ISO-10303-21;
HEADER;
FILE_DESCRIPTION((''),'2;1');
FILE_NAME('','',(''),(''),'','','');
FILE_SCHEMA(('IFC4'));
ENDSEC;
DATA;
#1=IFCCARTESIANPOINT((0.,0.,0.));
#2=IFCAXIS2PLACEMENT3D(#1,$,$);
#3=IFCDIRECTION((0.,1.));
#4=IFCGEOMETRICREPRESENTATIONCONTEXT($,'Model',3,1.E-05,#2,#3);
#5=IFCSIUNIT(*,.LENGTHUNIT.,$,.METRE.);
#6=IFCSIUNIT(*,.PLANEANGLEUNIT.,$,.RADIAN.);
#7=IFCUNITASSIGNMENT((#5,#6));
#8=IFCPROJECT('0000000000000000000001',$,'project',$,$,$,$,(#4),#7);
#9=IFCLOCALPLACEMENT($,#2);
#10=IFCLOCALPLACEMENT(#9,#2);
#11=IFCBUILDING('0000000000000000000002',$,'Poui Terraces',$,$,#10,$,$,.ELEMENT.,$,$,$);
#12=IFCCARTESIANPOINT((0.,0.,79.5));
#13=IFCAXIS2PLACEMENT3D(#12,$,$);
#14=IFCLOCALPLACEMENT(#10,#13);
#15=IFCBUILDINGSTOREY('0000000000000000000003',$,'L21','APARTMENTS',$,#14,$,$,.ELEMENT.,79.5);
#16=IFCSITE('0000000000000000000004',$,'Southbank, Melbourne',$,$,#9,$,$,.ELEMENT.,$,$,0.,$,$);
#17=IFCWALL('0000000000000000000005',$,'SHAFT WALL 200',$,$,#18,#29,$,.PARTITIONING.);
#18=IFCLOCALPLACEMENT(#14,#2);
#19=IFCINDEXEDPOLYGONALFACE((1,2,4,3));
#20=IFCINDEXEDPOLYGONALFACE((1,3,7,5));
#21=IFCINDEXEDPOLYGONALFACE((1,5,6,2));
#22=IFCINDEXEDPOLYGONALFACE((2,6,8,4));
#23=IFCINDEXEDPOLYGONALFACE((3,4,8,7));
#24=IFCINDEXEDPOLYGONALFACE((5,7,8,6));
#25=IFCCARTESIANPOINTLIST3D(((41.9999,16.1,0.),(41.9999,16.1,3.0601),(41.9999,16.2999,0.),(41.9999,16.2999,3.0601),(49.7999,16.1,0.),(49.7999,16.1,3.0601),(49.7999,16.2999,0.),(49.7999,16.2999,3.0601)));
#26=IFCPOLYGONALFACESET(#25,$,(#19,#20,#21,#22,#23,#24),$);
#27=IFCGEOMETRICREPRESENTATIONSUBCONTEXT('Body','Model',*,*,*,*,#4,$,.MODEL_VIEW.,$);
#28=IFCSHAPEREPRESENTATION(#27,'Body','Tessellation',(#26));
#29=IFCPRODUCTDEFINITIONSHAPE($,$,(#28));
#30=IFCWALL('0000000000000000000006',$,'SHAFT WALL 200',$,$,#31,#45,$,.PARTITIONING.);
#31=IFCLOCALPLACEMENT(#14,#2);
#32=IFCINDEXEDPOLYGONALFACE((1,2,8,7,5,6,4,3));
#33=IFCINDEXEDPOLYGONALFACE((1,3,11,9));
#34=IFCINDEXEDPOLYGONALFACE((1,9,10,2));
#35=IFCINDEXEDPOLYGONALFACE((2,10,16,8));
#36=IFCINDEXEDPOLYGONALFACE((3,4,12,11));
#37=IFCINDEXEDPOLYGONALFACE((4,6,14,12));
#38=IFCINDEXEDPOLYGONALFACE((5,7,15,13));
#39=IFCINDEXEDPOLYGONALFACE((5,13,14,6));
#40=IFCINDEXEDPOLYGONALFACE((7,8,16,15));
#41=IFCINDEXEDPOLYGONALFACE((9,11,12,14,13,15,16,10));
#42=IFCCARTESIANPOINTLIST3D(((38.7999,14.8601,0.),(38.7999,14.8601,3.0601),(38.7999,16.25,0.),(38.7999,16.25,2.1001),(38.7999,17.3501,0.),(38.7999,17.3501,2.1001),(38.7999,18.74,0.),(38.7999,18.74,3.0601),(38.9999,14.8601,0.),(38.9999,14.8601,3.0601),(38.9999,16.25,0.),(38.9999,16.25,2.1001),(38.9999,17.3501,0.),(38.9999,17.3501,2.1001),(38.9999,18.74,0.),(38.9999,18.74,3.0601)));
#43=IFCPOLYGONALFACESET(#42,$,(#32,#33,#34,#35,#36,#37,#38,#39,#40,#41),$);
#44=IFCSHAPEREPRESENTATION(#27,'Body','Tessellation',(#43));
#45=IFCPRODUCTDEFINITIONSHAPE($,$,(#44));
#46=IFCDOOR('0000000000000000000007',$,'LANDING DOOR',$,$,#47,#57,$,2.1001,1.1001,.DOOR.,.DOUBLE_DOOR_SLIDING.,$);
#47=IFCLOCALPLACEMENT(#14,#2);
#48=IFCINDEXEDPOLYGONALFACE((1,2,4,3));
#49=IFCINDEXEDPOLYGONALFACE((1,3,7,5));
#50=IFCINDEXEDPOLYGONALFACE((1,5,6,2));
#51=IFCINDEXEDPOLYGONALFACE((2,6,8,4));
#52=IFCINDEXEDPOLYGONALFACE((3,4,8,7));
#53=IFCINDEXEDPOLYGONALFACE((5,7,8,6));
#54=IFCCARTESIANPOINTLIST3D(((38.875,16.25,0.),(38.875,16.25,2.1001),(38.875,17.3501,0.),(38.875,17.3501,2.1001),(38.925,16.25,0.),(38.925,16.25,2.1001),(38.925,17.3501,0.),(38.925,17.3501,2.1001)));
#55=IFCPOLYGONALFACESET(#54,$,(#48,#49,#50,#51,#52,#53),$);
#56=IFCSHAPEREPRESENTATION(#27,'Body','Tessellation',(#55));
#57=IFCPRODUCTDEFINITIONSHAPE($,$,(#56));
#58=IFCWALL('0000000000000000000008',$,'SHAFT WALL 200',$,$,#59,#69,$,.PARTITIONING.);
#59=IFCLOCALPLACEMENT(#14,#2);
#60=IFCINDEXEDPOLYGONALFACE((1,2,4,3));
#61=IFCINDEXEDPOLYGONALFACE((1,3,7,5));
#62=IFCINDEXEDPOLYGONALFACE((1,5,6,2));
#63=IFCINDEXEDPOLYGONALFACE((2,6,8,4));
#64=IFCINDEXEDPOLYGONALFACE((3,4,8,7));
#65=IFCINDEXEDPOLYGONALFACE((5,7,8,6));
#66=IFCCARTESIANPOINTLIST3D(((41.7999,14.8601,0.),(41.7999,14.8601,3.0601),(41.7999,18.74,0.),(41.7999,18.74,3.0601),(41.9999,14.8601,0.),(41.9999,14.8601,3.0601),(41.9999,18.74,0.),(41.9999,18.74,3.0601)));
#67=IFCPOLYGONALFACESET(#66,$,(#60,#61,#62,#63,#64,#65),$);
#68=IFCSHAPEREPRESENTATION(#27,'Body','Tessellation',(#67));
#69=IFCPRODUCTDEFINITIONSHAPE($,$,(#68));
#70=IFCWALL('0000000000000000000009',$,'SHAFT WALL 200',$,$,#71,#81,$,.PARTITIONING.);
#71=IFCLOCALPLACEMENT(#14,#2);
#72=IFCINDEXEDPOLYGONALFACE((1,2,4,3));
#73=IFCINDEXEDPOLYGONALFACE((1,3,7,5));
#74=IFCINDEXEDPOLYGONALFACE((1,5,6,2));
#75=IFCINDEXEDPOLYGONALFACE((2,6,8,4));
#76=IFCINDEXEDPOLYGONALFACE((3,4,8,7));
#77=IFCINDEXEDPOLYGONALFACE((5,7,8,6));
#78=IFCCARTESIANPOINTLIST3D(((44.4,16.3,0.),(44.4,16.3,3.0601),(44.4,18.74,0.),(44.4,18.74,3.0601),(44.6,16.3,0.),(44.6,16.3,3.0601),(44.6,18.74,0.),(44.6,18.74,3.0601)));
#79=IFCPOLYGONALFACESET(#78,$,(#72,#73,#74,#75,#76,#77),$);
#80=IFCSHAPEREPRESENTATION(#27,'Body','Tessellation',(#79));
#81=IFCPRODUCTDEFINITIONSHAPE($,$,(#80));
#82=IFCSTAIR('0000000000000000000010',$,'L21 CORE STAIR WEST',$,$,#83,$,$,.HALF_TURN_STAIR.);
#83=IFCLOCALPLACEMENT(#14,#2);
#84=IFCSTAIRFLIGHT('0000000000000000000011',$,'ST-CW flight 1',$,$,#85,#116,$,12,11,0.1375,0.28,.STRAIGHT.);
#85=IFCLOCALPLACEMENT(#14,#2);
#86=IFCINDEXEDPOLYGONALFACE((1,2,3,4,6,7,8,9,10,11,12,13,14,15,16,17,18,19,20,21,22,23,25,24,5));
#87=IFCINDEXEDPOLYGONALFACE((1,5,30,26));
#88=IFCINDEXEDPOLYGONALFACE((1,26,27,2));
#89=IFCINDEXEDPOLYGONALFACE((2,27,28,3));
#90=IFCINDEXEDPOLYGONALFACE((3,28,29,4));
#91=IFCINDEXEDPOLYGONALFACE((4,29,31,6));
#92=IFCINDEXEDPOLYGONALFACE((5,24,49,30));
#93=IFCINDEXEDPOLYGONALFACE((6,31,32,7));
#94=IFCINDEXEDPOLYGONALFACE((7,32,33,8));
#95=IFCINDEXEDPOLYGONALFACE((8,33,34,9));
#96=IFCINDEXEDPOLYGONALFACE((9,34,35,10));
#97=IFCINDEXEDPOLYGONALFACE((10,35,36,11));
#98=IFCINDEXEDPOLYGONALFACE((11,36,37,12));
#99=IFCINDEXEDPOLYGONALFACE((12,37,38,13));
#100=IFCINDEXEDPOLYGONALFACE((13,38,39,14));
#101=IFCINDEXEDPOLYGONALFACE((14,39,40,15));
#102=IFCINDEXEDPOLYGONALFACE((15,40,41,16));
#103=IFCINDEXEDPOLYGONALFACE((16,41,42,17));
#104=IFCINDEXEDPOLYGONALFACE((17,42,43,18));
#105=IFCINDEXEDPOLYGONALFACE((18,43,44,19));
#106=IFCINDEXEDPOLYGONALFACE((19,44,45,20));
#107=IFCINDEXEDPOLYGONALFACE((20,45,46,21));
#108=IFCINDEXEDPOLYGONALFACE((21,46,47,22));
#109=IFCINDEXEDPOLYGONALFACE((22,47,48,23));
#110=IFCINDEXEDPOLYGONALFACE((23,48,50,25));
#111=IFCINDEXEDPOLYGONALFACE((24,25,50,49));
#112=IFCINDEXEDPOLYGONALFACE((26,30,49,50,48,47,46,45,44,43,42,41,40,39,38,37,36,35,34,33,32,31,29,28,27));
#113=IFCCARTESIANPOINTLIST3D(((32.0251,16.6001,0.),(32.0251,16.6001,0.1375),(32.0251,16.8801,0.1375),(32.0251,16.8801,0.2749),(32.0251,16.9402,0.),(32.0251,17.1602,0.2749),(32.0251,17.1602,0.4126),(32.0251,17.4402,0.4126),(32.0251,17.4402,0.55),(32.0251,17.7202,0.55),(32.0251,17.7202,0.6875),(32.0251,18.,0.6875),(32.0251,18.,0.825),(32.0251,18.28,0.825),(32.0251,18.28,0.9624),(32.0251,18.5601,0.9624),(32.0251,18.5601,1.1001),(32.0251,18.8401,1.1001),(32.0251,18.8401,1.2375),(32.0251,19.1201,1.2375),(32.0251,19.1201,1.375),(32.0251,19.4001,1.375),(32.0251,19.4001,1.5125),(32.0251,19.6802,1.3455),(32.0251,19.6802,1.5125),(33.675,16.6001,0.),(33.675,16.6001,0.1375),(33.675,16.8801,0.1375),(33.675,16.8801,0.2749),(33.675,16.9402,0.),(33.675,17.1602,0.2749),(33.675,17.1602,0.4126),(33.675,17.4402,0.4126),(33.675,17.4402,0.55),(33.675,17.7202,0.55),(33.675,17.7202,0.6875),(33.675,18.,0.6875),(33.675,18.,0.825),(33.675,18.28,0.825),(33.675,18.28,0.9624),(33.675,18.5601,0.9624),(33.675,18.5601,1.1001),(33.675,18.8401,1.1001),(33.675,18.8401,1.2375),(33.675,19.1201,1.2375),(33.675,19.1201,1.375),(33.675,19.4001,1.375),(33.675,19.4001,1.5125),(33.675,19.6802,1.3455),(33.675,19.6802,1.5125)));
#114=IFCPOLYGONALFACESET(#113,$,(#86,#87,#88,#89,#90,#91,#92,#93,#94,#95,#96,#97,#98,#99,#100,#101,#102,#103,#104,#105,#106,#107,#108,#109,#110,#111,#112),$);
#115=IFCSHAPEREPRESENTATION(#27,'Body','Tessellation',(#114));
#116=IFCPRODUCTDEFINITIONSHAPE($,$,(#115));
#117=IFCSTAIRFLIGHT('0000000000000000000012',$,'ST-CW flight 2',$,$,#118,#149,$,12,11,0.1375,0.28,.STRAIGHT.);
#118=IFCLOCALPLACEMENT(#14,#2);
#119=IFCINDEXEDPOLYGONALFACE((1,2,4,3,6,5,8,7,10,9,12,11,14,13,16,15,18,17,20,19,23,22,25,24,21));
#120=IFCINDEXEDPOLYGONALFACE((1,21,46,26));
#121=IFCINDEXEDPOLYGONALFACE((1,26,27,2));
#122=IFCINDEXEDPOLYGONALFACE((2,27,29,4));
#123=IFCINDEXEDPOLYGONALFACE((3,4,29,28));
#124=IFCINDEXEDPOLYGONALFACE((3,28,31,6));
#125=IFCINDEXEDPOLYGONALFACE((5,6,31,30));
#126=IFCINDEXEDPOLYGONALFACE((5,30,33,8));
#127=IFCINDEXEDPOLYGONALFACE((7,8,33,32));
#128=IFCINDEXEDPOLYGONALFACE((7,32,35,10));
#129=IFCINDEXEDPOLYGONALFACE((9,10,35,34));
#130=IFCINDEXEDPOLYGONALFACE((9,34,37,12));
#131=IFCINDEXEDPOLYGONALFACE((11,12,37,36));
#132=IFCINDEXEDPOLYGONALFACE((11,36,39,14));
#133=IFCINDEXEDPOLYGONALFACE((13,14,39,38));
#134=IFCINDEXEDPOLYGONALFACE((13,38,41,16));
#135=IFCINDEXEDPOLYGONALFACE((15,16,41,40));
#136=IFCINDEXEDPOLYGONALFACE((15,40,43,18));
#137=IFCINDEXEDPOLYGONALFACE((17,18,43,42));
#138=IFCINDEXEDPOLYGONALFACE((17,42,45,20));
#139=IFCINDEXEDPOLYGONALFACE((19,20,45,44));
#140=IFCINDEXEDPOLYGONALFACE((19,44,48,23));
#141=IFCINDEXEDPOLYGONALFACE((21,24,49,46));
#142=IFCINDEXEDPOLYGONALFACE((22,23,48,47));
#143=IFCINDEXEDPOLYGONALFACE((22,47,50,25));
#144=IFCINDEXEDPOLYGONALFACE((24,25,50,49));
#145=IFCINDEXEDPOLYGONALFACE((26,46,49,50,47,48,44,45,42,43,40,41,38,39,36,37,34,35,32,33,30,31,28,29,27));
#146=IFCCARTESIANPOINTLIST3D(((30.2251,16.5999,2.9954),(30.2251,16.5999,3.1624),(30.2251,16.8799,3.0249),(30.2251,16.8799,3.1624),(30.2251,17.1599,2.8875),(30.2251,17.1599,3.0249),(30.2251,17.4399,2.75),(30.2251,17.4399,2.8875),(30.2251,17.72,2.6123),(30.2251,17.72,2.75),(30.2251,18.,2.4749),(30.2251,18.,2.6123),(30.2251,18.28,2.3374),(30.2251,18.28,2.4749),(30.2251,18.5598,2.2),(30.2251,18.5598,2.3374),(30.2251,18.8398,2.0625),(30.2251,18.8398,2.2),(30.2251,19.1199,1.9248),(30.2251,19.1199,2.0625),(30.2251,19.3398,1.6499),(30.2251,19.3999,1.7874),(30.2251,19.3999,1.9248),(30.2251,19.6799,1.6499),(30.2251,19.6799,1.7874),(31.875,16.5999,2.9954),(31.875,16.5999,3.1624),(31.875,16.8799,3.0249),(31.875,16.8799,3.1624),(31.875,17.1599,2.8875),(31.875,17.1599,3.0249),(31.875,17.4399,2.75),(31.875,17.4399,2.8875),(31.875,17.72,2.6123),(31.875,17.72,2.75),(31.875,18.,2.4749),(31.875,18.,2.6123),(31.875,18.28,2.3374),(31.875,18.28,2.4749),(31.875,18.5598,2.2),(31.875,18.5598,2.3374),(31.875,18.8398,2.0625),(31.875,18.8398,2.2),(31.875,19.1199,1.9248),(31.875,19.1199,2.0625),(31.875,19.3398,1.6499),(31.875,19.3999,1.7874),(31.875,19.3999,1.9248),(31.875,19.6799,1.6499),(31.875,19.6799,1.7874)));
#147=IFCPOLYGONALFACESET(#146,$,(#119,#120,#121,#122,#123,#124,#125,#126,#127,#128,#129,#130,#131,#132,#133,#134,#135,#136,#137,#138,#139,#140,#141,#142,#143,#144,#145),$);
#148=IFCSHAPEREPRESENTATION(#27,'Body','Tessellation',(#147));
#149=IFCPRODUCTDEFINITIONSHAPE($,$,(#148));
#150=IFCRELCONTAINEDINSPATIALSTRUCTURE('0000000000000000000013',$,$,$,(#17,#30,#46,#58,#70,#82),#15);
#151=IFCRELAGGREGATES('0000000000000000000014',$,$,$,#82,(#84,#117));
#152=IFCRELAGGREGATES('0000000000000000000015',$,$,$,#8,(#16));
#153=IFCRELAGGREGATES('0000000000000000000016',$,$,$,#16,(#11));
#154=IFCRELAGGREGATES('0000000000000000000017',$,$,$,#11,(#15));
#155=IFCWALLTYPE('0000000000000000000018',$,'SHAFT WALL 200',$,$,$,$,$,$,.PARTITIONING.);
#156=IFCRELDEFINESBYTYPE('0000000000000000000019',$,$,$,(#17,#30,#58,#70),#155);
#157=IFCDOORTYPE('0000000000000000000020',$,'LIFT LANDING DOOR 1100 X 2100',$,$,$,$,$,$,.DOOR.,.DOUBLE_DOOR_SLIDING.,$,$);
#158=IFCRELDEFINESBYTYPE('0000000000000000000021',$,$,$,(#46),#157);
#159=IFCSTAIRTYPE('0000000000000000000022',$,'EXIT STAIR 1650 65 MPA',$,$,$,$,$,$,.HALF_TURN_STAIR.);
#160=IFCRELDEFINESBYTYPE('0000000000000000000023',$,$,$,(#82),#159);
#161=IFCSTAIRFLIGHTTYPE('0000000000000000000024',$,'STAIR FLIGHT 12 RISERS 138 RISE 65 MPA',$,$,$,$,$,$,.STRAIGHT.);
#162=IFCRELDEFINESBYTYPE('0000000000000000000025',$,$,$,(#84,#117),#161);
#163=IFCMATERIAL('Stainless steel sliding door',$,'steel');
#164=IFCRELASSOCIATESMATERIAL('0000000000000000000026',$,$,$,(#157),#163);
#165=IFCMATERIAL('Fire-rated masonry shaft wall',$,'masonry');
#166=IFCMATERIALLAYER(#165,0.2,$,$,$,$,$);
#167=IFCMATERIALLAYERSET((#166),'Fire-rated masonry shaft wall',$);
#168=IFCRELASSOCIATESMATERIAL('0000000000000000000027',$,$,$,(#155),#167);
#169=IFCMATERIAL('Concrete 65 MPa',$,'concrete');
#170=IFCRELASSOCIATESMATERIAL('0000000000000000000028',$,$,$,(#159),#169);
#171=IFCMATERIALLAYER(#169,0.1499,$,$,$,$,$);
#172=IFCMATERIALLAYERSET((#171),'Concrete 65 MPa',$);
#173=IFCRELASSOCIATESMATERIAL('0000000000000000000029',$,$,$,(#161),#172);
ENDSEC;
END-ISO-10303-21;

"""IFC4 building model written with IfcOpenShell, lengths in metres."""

from ifc_helpers import new_model, si_unit, direction, frame, frame_2d, origin, place, context, subcontext, project, spatial, polyline, rectangle, outline, extrude, material, layer, layer_set, type_object, element, fill, aggregate, save


model = new_model("IFC4")

# Units and contexts
model_context = context("Model", 3, precision=1e-05, world=origin(), true_north=direction((0.0, 1.0)))
body_context = subcontext(model_context, "Body", "Model", "MODEL_VIEW")
ifc_project = project(units=[si_unit("LENGTHUNIT", "METRE"), si_unit("PLANEANGLEUNIT", "RADIAN")], contexts=[model_context])

# Site, building, storey
site_placement = place(None, origin())
site = spatial("IfcSite", under=ifc_project, at=site_placement, Name="Southbank, Melbourne", CompositionType="ELEMENT", RefElevation=0.0)
building_placement = place(site_placement, origin())
building = spatial("IfcBuilding", under=site, at=building_placement, Name="Poui Terraces", CompositionType="ELEMENT")
storey_placement = place(building_placement, frame((0.0, 0.0, 79.5)))
storey = spatial("IfcBuildingStorey", under=building, at=storey_placement, Name="L21", Description="APARTMENTS", CompositionType="ELEMENT", Elevation=79.5)

# Shared definitions
ifc_material_1 = material(Name="Concrete 65 MPa", Category="concrete")
ifc_material_2 = material(Name="Stainless steel sliding door", Category="steel")
door_type_1 = type_object("IfcDoorType", Name="LIFT LANDING DOOR 1100 X 2100", OperationType="DOUBLE_DOOR_SLIDING", PredefinedType="DOOR", material=ifc_material_2)

# Wall
ifc_material_3 = material(Name="Fire-rated masonry shaft wall", Category="masonry")
ifc_layer_1 = layer(ifc_material_3, 0.2)
ifc_layer_set_1 = layer_set([ifc_layer_1], Name="Fire-rated masonry shaft wall")
wall_type_1 = type_object("IfcWallType", Name="SHAFT WALL 200", PredefinedType="PARTITIONING", material=ifc_layer_set_1)
wall_1_placement = place(storey_placement, frame((42.0, 16.2, 0.0), z_axis=(0.0, 0.0, 1.0), x_axis=(1.0, 0.0, 0.0)))
element("IfcWall", 1, at=wall_1_placement, inside=storey, type_object=wall_type_1, Name="SHAFT WALL 200", PredefinedType="PARTITIONING", context=body_context, shape_type="SweptSolid", body=[
    extrude(rectangle(XDim=7.8, YDim=0.2, at=frame_2d((3.8999, 0.0))), origin(), (0.0, 0.0, 1.0), 3.0601),
])

# Wall, opening, door
wall_2_placement = place(storey_placement, frame((38.8999, 14.8601, 0.0), z_axis=(0.0, 0.0, 1.0), x_axis=(0.0, 1.0, 0.0)))
wall_2 = element("IfcWall", 2, at=wall_2_placement, inside=storey, type_object=wall_type_1, Name="SHAFT WALL 200", PredefinedType="PARTITIONING", context=body_context, shape_type="SweptSolid", body=[
    extrude(rectangle(XDim=3.8799, YDim=0.2, at=frame_2d((1.9399, 0.0))), origin(), (0.0, 0.0, 1.0), 3.0601),
])
opening_1_placement = place(wall_2_placement, frame((1.3899, 0.0, 0.0)))
opening_1 = element("IfcOpeningElement", 3, at=opening_1_placement, cuts=wall_2, PredefinedType="OPENING", context=body_context, shape_type="SweptSolid", body=[
    extrude(rectangle(XDim=1.1001, YDim=2.1001, at=frame_2d((0.55, 1.05))), frame((0.0, 0.1099, 0.0), z_axis=(0.0, -1.0, 0.0), x_axis=(1.0, 0.0, 0.0)), (0.0, 0.0, 1.0), 0.22),
])
door_1_placement = place(opening_1_placement, origin())
door_1 = element("IfcDoor", 4, at=door_1_placement, inside=storey, type_object=door_type_1, Name="LANDING DOOR", OperationType="DOUBLE_DOOR_SLIDING", OverallHeight=2.1001, OverallWidth=1.1001, PredefinedType="DOOR", context=body_context, shape_type="SweptSolid", body=[
    extrude(rectangle(XDim=1.1001, YDim=2.1001, at=frame_2d((0.55, 1.05))), frame((0.0, 0.0249, 0.0), z_axis=(0.0, -1.0, 0.0), x_axis=(1.0, 0.0, 0.0)), (0.0, 0.0, 1.0), 0.05),
])
fill(opening_1, door_1)

# Walls
wall_3_placement = place(storey_placement, frame((41.8999, 14.8601, 0.0), z_axis=(0.0, 0.0, 1.0), x_axis=(0.0, 1.0, 0.0)))
element("IfcWall", 5, at=wall_3_placement, inside=storey, type_object=wall_type_1, Name="SHAFT WALL 200", PredefinedType="PARTITIONING", context=body_context, shape_type="SweptSolid", body=[
    extrude(rectangle(XDim=3.8799, YDim=0.2, at=frame_2d((1.9399, 0.0))), origin(), (0.0, 0.0, 1.0), 3.0601),
])
wall_4_placement = place(storey_placement, frame((44.5, 16.3, 0.0), z_axis=(0.0, 0.0, 1.0), x_axis=(0.0, 1.0, 0.0)))
element("IfcWall", 6, at=wall_4_placement, inside=storey, type_object=wall_type_1, Name="SHAFT WALL 200", PredefinedType="PARTITIONING", context=body_context, shape_type="SweptSolid", body=[
    extrude(rectangle(XDim=2.4399, YDim=0.2, at=frame_2d((1.22, 0.0))), origin(), (0.0, 0.0, 1.0), 3.0601),
])

# Stair, stair flights
stair_type = type_object("IfcStairType", Name="EXIT STAIR 1650 65 MPA", PredefinedType="HALF_TURN_STAIR", material=ifc_material_1)
stair_placement = place(storey_placement, origin())
stair = element("IfcStair", 7, at=stair_placement, inside=storey, type_object=stair_type, Name="L21 CORE STAIR WEST", PredefinedType="HALF_TURN_STAIR")
ifc_layer_2 = layer(ifc_material_1, 0.1499)
ifc_layer_set_2 = layer_set([ifc_layer_2], Name="Concrete 65 MPa")
stair_flight_type = type_object("IfcStairFlightType", Name="STAIR FLIGHT 12 RISERS 138 RISE 65 MPA", PredefinedType="STRAIGHT", material=ifc_layer_set_2)
stair_flight_1_placement = place(storey_placement, frame((32.8501, 16.6001, 0.0), z_axis=(0.0, 0.0, 1.0), x_axis=(0.0, 1.0, 0.0)))
stair_flight_1 = element("IfcStairFlight", 8, at=stair_flight_1_placement, type_object=stair_flight_type, Name="ST-CW flight 1", NumberOfRisers=12, NumberOfTreads=11, PredefinedType="STRAIGHT", RiserHeight=0.1375, TreadLength=0.28, context=body_context, shape_type="SweptSolid", body=[
    extrude(outline(polyline([(0.0, 0.0), (0.0, 0.1375), (0.28, 0.1375), (0.28, 0.2749), (0.5601, 0.2749), (0.5601, 0.4126), (0.8401, 0.4126), (0.8401, 0.55), (1.1201, 0.55), (1.1201, 0.6875), (1.3999, 0.6875), (1.3999, 0.825), (1.6799, 0.825), (1.6799, 0.9624), (1.96, 0.9624), (1.96, 1.1001), (2.24, 1.1001), (2.24, 1.2375), (2.52, 1.2375), (2.52, 1.375), (2.8, 1.375), (2.8, 1.5125), (3.0801, 1.5125), (3.0801, 1.6499), (3.0801, 1.3455), (0.3401, 0.0), (0.0, 0.0)])), frame((0.0, 0.825, 0.0), z_axis=(0.0, -1.0, 0.0), x_axis=(1.0, 0.0, 0.0)), (0.0, 0.0, 1.0), 1.6499),
])
stair_flight_2_placement = place(storey_placement, frame((31.05, 19.6799, 1.6499), z_axis=(0.0, 0.0, 1.0), x_axis=(0.0, -1.0, 0.0)))
stair_flight_2 = element("IfcStairFlight", 9, at=stair_flight_2_placement, type_object=stair_flight_type, Name="ST-CW flight 2", NumberOfRisers=12, NumberOfTreads=11, PredefinedType="STRAIGHT", RiserHeight=0.1375, TreadLength=0.28, context=body_context, shape_type="SweptSolid", body=[
    extrude(outline(polyline([(0.0, 0.0), (0.0, 0.1375), (0.28, 0.1375), (0.28, 0.2749), (0.5601, 0.2749), (0.5601, 0.4126), (0.8401, 0.4126), (0.8401, 0.55), (1.1201, 0.55), (1.1201, 0.6875), (1.3999, 0.6875), (1.3999, 0.825), (1.6799, 0.825), (1.6799, 0.9624), (1.96, 0.9624), (1.96, 1.1001), (2.24, 1.1001), (2.24, 1.2375), (2.52, 1.2375), (2.52, 1.375), (2.8, 1.375), (2.8, 1.5125), (3.0801, 1.5125), (3.0801, 1.6499), (3.0801, 1.3455), (0.3401, 0.0), (0.0, 0.0)])), frame((0.0, 0.825, 0.0), z_axis=(0.0, -1.0, 0.0), x_axis=(1.0, 0.0, 0.0)), (0.0, 0.0, 1.0), 1.6499),
])
aggregate(stair, [stair_flight_1, stair_flight_2])

save(model, "model.ifc")
